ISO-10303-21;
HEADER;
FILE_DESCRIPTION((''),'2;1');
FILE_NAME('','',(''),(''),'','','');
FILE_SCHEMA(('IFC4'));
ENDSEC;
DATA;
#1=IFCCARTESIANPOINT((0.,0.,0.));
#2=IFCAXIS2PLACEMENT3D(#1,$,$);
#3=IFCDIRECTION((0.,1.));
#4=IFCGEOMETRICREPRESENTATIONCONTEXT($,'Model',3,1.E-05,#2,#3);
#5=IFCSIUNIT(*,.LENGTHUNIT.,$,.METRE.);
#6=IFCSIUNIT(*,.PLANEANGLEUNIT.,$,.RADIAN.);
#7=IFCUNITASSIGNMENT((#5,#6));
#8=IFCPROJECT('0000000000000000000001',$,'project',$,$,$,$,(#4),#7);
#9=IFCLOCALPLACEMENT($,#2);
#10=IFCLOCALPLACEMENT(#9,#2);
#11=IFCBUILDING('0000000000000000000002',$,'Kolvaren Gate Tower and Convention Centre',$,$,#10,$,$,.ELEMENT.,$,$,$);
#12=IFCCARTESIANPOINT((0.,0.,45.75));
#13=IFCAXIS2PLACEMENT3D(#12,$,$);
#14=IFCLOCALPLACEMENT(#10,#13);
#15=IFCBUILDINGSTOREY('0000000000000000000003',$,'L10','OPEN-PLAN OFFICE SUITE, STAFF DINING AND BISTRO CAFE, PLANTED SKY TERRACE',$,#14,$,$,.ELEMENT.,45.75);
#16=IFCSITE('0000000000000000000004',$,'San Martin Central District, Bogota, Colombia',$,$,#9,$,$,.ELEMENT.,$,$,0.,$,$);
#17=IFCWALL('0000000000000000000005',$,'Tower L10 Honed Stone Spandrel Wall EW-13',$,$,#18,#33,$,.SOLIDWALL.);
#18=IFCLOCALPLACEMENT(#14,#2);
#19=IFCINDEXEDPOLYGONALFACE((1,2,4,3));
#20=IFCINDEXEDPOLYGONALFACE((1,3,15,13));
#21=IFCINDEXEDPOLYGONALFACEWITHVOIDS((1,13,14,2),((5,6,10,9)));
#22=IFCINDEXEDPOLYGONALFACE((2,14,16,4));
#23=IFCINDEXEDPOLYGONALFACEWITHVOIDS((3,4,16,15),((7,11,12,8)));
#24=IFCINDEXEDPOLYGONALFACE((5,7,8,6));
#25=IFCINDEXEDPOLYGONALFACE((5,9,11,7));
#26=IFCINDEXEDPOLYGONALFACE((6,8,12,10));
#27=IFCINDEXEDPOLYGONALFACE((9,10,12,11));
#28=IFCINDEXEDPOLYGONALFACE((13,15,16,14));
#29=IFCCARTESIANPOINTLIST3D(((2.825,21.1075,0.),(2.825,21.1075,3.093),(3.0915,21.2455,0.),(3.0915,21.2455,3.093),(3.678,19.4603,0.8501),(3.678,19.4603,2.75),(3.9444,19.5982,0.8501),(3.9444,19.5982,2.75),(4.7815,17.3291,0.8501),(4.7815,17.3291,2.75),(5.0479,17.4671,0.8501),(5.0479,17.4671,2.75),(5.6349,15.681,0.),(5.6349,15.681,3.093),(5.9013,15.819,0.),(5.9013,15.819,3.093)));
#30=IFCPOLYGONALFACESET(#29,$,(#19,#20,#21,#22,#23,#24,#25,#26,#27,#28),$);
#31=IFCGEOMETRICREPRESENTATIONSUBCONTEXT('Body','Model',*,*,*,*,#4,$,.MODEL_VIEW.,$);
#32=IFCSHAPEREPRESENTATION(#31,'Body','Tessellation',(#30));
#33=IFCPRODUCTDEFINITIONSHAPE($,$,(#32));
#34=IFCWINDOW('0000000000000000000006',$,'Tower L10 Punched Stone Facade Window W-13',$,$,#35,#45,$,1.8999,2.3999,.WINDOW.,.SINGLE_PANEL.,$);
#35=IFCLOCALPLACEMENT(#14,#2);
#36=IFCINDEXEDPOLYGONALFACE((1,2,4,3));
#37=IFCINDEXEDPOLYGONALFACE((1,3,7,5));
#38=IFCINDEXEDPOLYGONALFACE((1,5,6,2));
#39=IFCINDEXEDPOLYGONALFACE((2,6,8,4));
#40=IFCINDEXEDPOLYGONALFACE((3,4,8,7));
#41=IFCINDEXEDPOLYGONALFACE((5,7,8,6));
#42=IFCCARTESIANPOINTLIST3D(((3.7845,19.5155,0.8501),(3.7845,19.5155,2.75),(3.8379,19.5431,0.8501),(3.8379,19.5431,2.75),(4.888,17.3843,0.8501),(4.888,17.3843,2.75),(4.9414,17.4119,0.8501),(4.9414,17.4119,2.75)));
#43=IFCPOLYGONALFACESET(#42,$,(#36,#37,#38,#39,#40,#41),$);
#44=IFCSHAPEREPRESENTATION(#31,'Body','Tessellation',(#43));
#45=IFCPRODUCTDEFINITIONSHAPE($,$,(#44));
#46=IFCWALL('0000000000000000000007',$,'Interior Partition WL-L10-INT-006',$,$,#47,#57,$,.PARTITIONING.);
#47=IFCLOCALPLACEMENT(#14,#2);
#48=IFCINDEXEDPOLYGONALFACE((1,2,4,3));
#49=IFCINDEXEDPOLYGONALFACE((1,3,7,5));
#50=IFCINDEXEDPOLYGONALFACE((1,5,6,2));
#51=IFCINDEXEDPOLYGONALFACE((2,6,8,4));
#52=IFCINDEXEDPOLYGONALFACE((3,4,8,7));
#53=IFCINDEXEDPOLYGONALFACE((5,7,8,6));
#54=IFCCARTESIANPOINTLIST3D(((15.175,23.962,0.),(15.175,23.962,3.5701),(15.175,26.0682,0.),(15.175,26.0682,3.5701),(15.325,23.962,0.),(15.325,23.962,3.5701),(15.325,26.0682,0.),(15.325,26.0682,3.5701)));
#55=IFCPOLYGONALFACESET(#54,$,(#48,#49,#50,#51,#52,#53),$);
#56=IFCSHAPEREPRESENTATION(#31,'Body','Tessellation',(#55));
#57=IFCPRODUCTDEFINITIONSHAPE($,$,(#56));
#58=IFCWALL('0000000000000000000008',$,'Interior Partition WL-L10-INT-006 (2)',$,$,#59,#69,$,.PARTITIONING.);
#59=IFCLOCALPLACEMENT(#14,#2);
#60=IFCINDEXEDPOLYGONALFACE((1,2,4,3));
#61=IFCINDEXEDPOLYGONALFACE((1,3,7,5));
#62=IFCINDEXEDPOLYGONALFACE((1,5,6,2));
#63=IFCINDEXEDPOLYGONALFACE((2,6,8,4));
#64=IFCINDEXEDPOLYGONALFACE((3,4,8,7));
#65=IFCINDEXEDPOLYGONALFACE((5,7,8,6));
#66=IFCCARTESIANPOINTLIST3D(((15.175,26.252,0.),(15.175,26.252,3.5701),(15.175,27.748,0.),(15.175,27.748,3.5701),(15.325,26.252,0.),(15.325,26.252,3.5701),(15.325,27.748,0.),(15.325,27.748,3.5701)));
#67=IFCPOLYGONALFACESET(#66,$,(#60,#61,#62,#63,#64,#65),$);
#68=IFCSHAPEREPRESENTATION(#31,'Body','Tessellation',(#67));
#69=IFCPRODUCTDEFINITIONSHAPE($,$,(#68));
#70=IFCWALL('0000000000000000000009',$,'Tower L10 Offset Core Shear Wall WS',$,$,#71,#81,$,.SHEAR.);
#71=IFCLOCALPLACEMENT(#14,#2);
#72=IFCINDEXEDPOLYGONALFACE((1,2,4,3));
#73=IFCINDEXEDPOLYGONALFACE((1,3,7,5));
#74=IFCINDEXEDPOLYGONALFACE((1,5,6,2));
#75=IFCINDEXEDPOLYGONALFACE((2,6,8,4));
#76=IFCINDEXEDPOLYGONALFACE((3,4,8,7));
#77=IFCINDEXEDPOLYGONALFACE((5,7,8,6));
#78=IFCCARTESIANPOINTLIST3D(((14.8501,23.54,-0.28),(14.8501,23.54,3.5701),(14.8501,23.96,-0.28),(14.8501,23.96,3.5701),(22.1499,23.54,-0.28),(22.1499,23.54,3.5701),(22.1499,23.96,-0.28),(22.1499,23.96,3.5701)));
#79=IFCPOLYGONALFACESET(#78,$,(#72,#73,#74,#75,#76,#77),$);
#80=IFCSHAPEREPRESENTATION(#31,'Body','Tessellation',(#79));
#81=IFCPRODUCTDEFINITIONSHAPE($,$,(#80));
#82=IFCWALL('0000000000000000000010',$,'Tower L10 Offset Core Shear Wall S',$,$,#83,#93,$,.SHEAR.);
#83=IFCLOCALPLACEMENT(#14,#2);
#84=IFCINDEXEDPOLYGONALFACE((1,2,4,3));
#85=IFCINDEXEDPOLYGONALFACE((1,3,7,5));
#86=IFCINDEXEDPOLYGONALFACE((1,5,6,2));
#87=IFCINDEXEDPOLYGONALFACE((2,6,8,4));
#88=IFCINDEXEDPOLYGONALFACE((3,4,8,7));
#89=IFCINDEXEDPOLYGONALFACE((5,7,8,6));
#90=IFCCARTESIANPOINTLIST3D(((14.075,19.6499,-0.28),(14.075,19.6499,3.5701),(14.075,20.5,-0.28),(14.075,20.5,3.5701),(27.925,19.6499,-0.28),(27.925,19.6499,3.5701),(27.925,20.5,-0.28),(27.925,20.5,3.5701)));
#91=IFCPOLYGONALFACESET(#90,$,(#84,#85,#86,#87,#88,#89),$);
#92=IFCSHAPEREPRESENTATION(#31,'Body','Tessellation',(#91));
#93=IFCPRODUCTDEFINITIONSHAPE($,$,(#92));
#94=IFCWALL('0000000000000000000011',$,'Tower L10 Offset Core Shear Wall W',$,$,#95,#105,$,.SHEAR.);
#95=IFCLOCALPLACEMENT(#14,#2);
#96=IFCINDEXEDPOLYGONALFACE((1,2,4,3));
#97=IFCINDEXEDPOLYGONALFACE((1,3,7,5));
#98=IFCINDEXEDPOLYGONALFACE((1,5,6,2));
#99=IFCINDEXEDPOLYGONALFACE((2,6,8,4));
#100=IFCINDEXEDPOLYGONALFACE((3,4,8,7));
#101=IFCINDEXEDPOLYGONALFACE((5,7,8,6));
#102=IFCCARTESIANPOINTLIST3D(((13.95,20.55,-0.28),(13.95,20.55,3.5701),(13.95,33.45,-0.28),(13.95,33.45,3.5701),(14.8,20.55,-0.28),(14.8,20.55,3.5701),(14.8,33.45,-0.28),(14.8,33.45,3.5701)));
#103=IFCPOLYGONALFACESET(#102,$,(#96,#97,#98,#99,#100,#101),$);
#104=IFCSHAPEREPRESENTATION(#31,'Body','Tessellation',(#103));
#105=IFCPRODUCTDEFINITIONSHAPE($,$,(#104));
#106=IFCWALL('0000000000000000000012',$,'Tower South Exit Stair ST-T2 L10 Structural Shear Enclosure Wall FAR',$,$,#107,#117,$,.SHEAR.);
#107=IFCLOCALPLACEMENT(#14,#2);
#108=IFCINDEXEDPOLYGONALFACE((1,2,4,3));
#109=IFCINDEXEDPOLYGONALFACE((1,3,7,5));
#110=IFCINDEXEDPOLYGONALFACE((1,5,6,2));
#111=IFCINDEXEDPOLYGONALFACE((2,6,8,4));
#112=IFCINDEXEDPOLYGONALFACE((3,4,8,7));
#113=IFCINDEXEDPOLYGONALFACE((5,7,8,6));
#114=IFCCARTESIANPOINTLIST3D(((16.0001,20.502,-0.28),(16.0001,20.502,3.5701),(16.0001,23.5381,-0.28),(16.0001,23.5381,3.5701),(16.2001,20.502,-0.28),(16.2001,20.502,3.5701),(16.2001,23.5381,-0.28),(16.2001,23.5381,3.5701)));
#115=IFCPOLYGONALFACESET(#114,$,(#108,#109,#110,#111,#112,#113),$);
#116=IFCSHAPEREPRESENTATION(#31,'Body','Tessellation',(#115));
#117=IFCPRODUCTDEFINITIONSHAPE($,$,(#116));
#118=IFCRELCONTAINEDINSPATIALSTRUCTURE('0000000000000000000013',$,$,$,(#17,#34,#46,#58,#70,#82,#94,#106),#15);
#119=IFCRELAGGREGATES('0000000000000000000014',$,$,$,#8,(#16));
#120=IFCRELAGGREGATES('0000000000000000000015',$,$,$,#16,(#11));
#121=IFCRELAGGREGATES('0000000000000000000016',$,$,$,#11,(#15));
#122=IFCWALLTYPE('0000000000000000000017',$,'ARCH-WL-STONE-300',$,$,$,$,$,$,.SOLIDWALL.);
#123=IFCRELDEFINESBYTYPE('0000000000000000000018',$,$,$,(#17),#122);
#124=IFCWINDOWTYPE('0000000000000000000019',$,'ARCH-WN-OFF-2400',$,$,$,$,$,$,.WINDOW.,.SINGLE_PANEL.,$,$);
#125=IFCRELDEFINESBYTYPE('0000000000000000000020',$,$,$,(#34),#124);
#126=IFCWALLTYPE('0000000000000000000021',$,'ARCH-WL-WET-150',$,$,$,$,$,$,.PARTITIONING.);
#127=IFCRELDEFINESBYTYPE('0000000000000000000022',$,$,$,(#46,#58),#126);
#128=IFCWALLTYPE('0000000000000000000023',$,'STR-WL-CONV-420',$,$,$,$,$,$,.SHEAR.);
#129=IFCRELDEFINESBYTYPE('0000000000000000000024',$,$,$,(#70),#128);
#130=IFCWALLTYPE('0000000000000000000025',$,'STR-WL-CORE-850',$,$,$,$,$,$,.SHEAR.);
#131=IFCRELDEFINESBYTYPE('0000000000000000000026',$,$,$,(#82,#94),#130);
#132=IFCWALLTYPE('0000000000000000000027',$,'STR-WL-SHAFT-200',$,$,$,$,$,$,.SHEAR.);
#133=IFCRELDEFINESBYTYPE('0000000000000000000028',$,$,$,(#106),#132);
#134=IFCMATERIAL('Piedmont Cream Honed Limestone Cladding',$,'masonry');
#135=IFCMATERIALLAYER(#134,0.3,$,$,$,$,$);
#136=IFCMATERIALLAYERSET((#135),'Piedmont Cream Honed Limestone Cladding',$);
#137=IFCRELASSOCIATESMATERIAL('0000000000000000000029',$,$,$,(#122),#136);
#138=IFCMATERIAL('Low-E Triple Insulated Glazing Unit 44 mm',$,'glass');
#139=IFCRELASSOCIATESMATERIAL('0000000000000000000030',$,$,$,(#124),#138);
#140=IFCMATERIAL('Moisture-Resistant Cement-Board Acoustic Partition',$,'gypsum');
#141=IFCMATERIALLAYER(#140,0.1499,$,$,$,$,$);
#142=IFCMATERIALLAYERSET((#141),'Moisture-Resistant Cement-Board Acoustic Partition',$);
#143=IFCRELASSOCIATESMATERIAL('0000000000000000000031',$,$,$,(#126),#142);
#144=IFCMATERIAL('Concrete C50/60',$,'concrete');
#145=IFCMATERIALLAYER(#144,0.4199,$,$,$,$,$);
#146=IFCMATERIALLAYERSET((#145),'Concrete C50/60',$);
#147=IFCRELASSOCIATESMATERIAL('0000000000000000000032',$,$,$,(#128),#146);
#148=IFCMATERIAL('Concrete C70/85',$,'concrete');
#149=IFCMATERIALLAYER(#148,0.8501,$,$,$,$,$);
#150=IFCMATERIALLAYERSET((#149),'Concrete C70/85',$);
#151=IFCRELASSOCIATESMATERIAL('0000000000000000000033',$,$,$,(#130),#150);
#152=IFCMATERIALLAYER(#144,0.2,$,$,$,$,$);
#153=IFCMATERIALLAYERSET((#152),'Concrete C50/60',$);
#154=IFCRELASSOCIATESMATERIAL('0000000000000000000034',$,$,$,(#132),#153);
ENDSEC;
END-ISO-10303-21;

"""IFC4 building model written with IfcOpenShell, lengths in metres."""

from ifc_helpers import new_model, si_unit, direction, frame, frame_2d, origin, place, context, subcontext, project, spatial, rectangle, extrude, material, layer, layer_set, type_object, element, fill, save


model = new_model("IFC4")

# Units and contexts
model_context = context("Model", 3, precision=1e-05, world=origin(), true_north=direction((0.0, 1.0)))
body_context = subcontext(model_context, "Body", "Model", "MODEL_VIEW")
ifc_project = project(units=[si_unit("LENGTHUNIT", "METRE"), si_unit("PLANEANGLEUNIT", "RADIAN")], contexts=[model_context])

# Site, building, storey
site_placement = place(None, origin())
site = spatial("IfcSite", under=ifc_project, at=site_placement, Name="San Martin Central District, Bogota, Colombia", CompositionType="ELEMENT", RefElevation=0.0)
building_placement = place(site_placement, origin())
building = spatial("IfcBuilding", under=site, at=building_placement, Name="Kolvaren Gate Tower and Convention Centre", CompositionType="ELEMENT")
storey_placement = place(building_placement, frame((0.0, 0.0, 45.75)))
storey = spatial("IfcBuildingStorey", under=building, at=storey_placement, Name="L10", Description="OPEN-PLAN OFFICE SUITE, STAFF DINING AND BISTRO CAFE, PLANTED SKY TERRACE", CompositionType="ELEMENT", Elevation=45.75)

# Shared definitions
ifc_material_1 = material(Name="Concrete C70/85", Category="concrete")

# Shared definitions
ifc_material_2 = material(Name="Piedmont Cream Honed Limestone Cladding", Category="masonry")

# Shared definitions
ifc_layer_1 = layer(ifc_material_2, 0.3)
ifc_layer_set_1 = layer_set([ifc_layer_1], Name="Piedmont Cream Honed Limestone Cladding")
wall_type_1 = type_object("IfcWallType", Name="ARCH-WL-STONE-300", PredefinedType="SOLIDWALL", material=ifc_layer_set_1)

# Wall, opening, window
ifc_material_3 = material(Name="Low-E Triple Insulated Glazing Unit 44 mm", Category="glass")
window_type = type_object("IfcWindowType", Name="ARCH-WN-OFF-2400", PartitioningType="SINGLE_PANEL", PredefinedType="WINDOW", material=ifc_material_3)
wall_1_placement = place(storey_placement, frame((2.9583, 21.1765, 0.0), z_axis=(0.0, 0.0, 1.0), x_axis=(0.45981, -0.888017, 0.0)))
wall_1 = element("IfcWall", 1, at=wall_1_placement, inside=storey, type_object=wall_type_1, Name="Tower L10 Honed Stone Spandrel Wall EW-13", PredefinedType="SOLIDWALL", context=body_context, shape_type="SweptSolid", body=[
    extrude(rectangle(XDim=6.1108, YDim=0.3, at=frame_2d((3.0554, 0.0))), origin(), (0.0, 0.0, 1.0), 3.093),
])
opening_1_placement = place(wall_1_placement, frame((1.855, 0.0, 0.8501)))
opening_1 = element("IfcOpeningElement", 2, at=opening_1_placement, cuts=wall_1, PredefinedType="OPENING", context=body_context, shape_type="SweptSolid", body=[
    extrude(rectangle(XDim=2.3999, YDim=1.8999, at=frame_2d((1.2, 0.95))), frame((0.0, 0.1599, 0.0), z_axis=(0.0, -1.0, 0.0), x_axis=(1.0, 0.0, 0.0)), (0.0, 0.0, 1.0), 0.3201),
])
window_1_placement = place(opening_1_placement, origin())
window_1 = element("IfcWindow", 3, at=window_1_placement, inside=storey, type_object=window_type, Name="Tower L10 Punched Stone Facade Window W-13", OverallHeight=1.8999, OverallWidth=2.3999, PartitioningType="SINGLE_PANEL", PredefinedType="WINDOW", context=body_context, shape_type="SweptSolid", body=[
    extrude(rectangle(XDim=2.3999, YDim=1.8999, at=frame_2d((1.2, 0.95))), frame((0.0, 0.03, 0.0), z_axis=(0.0, -1.0, 0.0), x_axis=(1.0, 0.0, 0.0)), (0.0, 0.0, 1.0), 0.0601),
])
fill(opening_1, window_1)

# Walls
ifc_material_4 = material(Name="Moisture-Resistant Cement-Board Acoustic Partition", Category="gypsum")
ifc_layer_2 = layer(ifc_material_4, 0.1499)
ifc_layer_set_2 = layer_set([ifc_layer_2], Name="Moisture-Resistant Cement-Board Acoustic Partition")
wall_type_2 = type_object("IfcWallType", Name="ARCH-WL-WET-150", PredefinedType="PARTITIONING", material=ifc_layer_set_2)
wall_2_placement = place(storey_placement, frame((15.25, 23.9619, 0.0), z_axis=(0.0, 0.0, 1.0), x_axis=(0.0, 1.0, 0.0)))
element("IfcWall", 4, at=wall_2_placement, inside=storey, type_object=wall_type_2, Name="Interior Partition WL-L10-INT-006", PredefinedType="PARTITIONING", context=body_context, shape_type="SweptSolid", body=[
    extrude(rectangle(XDim=2.1062, YDim=0.1499, at=frame_2d((1.0532, 0.0))), origin(), (0.0, 0.0, 1.0), 3.5701),
])
wall_3_placement = place(storey_placement, frame((15.25, 26.252, 0.0), z_axis=(0.0, 0.0, 1.0), x_axis=(0.0, 1.0, 0.0)))
element("IfcWall", 5, at=wall_3_placement, inside=storey, type_object=wall_type_2, Name="Interior Partition WL-L10-INT-006 (2)", PredefinedType="PARTITIONING", context=body_context, shape_type="SweptSolid", body=[
    extrude(rectangle(XDim=1.4961, YDim=0.1499, at=frame_2d((0.748, 0.0))), origin(), (0.0, 0.0, 1.0), 3.5701),
])
ifc_material_5 = material(Name="Concrete C50/60", Category="concrete")
ifc_layer_3 = layer(ifc_material_5, 0.4199)
ifc_layer_set_3 = layer_set([ifc_layer_3], Name="Concrete C50/60")
wall_type_3 = type_object("IfcWallType", Name="STR-WL-CONV-420", PredefinedType="SHEAR", material=ifc_layer_set_3)
wall_4_placement = place(storey_placement, frame((14.8501, 23.75, -0.28), z_axis=(0.0, 0.0, 1.0), x_axis=(1.0, 0.0, 0.0)))
element("IfcWall", 6, at=wall_4_placement, inside=storey, type_object=wall_type_3, Name="Tower L10 Offset Core Shear Wall WS", PredefinedType="SHEAR", context=body_context, shape_type="SweptSolid", body=[
    extrude(rectangle(XDim=7.2998, YDim=0.4199, at=frame_2d((3.6499, 0.0))), origin(), (0.0, 0.0, 1.0), 3.8501),
])
ifc_layer_4 = layer(ifc_material_1, 0.8501)
ifc_layer_set_4 = layer_set([ifc_layer_4], Name="Concrete C70/85")
wall_type_4 = type_object("IfcWallType", Name="STR-WL-CORE-850", PredefinedType="SHEAR", material=ifc_layer_set_4)
wall_5_placement = place(storey_placement, frame((14.075, 20.075, -0.28), z_axis=(0.0, 0.0, 1.0), x_axis=(1.0, 0.0, 0.0)))
element("IfcWall", 7, at=wall_5_placement, inside=storey, type_object=wall_type_4, Name="Tower L10 Offset Core Shear Wall S", PredefinedType="SHEAR", context=body_context, shape_type="SweptSolid", body=[
    extrude(rectangle(XDim=13.8501, YDim=0.8501, at=frame_2d((6.925, 0.0))), origin(), (0.0, 0.0, 1.0), 3.8501),
])
wall_6_placement = place(storey_placement, frame((14.375, 20.55, -0.28), z_axis=(0.0, 0.0, 1.0), x_axis=(0.0, 1.0, 0.0)))
element("IfcWall", 8, at=wall_6_placement, inside=storey, type_object=wall_type_4, Name="Tower L10 Offset Core Shear Wall W", PredefinedType="SHEAR", context=body_context, shape_type="SweptSolid", body=[
    extrude(rectangle(XDim=12.8999, YDim=0.8501, at=frame_2d((6.45, 0.0))), origin(), (0.0, 0.0, 1.0), 3.8501),
])
ifc_layer_5 = layer(ifc_material_5, 0.2)
ifc_layer_set_5 = layer_set([ifc_layer_5], Name="Concrete C50/60")
wall_type_5 = type_object("IfcWallType", Name="STR-WL-SHAFT-200", PredefinedType="SHEAR", material=ifc_layer_set_5)
wall_7_placement = place(storey_placement, frame((16.1001, 20.502, -0.28), z_axis=(0.0, 0.0, 1.0), x_axis=(0.0, 1.0, 0.0)))
element("IfcWall", 9, at=wall_7_placement, inside=storey, type_object=wall_type_5, Name="Tower South Exit Stair ST-T2 L10 Structural Shear Enclosure Wall FAR", PredefinedType="SHEAR", context=body_context, shape_type="SweptSolid", body=[
    extrude(rectangle(XDim=3.0361, YDim=0.2, at=frame_2d((1.5181, 0.0))), origin(), (0.0, 0.0, 1.0), 3.8501),
])

save(model, "model.ifc")
